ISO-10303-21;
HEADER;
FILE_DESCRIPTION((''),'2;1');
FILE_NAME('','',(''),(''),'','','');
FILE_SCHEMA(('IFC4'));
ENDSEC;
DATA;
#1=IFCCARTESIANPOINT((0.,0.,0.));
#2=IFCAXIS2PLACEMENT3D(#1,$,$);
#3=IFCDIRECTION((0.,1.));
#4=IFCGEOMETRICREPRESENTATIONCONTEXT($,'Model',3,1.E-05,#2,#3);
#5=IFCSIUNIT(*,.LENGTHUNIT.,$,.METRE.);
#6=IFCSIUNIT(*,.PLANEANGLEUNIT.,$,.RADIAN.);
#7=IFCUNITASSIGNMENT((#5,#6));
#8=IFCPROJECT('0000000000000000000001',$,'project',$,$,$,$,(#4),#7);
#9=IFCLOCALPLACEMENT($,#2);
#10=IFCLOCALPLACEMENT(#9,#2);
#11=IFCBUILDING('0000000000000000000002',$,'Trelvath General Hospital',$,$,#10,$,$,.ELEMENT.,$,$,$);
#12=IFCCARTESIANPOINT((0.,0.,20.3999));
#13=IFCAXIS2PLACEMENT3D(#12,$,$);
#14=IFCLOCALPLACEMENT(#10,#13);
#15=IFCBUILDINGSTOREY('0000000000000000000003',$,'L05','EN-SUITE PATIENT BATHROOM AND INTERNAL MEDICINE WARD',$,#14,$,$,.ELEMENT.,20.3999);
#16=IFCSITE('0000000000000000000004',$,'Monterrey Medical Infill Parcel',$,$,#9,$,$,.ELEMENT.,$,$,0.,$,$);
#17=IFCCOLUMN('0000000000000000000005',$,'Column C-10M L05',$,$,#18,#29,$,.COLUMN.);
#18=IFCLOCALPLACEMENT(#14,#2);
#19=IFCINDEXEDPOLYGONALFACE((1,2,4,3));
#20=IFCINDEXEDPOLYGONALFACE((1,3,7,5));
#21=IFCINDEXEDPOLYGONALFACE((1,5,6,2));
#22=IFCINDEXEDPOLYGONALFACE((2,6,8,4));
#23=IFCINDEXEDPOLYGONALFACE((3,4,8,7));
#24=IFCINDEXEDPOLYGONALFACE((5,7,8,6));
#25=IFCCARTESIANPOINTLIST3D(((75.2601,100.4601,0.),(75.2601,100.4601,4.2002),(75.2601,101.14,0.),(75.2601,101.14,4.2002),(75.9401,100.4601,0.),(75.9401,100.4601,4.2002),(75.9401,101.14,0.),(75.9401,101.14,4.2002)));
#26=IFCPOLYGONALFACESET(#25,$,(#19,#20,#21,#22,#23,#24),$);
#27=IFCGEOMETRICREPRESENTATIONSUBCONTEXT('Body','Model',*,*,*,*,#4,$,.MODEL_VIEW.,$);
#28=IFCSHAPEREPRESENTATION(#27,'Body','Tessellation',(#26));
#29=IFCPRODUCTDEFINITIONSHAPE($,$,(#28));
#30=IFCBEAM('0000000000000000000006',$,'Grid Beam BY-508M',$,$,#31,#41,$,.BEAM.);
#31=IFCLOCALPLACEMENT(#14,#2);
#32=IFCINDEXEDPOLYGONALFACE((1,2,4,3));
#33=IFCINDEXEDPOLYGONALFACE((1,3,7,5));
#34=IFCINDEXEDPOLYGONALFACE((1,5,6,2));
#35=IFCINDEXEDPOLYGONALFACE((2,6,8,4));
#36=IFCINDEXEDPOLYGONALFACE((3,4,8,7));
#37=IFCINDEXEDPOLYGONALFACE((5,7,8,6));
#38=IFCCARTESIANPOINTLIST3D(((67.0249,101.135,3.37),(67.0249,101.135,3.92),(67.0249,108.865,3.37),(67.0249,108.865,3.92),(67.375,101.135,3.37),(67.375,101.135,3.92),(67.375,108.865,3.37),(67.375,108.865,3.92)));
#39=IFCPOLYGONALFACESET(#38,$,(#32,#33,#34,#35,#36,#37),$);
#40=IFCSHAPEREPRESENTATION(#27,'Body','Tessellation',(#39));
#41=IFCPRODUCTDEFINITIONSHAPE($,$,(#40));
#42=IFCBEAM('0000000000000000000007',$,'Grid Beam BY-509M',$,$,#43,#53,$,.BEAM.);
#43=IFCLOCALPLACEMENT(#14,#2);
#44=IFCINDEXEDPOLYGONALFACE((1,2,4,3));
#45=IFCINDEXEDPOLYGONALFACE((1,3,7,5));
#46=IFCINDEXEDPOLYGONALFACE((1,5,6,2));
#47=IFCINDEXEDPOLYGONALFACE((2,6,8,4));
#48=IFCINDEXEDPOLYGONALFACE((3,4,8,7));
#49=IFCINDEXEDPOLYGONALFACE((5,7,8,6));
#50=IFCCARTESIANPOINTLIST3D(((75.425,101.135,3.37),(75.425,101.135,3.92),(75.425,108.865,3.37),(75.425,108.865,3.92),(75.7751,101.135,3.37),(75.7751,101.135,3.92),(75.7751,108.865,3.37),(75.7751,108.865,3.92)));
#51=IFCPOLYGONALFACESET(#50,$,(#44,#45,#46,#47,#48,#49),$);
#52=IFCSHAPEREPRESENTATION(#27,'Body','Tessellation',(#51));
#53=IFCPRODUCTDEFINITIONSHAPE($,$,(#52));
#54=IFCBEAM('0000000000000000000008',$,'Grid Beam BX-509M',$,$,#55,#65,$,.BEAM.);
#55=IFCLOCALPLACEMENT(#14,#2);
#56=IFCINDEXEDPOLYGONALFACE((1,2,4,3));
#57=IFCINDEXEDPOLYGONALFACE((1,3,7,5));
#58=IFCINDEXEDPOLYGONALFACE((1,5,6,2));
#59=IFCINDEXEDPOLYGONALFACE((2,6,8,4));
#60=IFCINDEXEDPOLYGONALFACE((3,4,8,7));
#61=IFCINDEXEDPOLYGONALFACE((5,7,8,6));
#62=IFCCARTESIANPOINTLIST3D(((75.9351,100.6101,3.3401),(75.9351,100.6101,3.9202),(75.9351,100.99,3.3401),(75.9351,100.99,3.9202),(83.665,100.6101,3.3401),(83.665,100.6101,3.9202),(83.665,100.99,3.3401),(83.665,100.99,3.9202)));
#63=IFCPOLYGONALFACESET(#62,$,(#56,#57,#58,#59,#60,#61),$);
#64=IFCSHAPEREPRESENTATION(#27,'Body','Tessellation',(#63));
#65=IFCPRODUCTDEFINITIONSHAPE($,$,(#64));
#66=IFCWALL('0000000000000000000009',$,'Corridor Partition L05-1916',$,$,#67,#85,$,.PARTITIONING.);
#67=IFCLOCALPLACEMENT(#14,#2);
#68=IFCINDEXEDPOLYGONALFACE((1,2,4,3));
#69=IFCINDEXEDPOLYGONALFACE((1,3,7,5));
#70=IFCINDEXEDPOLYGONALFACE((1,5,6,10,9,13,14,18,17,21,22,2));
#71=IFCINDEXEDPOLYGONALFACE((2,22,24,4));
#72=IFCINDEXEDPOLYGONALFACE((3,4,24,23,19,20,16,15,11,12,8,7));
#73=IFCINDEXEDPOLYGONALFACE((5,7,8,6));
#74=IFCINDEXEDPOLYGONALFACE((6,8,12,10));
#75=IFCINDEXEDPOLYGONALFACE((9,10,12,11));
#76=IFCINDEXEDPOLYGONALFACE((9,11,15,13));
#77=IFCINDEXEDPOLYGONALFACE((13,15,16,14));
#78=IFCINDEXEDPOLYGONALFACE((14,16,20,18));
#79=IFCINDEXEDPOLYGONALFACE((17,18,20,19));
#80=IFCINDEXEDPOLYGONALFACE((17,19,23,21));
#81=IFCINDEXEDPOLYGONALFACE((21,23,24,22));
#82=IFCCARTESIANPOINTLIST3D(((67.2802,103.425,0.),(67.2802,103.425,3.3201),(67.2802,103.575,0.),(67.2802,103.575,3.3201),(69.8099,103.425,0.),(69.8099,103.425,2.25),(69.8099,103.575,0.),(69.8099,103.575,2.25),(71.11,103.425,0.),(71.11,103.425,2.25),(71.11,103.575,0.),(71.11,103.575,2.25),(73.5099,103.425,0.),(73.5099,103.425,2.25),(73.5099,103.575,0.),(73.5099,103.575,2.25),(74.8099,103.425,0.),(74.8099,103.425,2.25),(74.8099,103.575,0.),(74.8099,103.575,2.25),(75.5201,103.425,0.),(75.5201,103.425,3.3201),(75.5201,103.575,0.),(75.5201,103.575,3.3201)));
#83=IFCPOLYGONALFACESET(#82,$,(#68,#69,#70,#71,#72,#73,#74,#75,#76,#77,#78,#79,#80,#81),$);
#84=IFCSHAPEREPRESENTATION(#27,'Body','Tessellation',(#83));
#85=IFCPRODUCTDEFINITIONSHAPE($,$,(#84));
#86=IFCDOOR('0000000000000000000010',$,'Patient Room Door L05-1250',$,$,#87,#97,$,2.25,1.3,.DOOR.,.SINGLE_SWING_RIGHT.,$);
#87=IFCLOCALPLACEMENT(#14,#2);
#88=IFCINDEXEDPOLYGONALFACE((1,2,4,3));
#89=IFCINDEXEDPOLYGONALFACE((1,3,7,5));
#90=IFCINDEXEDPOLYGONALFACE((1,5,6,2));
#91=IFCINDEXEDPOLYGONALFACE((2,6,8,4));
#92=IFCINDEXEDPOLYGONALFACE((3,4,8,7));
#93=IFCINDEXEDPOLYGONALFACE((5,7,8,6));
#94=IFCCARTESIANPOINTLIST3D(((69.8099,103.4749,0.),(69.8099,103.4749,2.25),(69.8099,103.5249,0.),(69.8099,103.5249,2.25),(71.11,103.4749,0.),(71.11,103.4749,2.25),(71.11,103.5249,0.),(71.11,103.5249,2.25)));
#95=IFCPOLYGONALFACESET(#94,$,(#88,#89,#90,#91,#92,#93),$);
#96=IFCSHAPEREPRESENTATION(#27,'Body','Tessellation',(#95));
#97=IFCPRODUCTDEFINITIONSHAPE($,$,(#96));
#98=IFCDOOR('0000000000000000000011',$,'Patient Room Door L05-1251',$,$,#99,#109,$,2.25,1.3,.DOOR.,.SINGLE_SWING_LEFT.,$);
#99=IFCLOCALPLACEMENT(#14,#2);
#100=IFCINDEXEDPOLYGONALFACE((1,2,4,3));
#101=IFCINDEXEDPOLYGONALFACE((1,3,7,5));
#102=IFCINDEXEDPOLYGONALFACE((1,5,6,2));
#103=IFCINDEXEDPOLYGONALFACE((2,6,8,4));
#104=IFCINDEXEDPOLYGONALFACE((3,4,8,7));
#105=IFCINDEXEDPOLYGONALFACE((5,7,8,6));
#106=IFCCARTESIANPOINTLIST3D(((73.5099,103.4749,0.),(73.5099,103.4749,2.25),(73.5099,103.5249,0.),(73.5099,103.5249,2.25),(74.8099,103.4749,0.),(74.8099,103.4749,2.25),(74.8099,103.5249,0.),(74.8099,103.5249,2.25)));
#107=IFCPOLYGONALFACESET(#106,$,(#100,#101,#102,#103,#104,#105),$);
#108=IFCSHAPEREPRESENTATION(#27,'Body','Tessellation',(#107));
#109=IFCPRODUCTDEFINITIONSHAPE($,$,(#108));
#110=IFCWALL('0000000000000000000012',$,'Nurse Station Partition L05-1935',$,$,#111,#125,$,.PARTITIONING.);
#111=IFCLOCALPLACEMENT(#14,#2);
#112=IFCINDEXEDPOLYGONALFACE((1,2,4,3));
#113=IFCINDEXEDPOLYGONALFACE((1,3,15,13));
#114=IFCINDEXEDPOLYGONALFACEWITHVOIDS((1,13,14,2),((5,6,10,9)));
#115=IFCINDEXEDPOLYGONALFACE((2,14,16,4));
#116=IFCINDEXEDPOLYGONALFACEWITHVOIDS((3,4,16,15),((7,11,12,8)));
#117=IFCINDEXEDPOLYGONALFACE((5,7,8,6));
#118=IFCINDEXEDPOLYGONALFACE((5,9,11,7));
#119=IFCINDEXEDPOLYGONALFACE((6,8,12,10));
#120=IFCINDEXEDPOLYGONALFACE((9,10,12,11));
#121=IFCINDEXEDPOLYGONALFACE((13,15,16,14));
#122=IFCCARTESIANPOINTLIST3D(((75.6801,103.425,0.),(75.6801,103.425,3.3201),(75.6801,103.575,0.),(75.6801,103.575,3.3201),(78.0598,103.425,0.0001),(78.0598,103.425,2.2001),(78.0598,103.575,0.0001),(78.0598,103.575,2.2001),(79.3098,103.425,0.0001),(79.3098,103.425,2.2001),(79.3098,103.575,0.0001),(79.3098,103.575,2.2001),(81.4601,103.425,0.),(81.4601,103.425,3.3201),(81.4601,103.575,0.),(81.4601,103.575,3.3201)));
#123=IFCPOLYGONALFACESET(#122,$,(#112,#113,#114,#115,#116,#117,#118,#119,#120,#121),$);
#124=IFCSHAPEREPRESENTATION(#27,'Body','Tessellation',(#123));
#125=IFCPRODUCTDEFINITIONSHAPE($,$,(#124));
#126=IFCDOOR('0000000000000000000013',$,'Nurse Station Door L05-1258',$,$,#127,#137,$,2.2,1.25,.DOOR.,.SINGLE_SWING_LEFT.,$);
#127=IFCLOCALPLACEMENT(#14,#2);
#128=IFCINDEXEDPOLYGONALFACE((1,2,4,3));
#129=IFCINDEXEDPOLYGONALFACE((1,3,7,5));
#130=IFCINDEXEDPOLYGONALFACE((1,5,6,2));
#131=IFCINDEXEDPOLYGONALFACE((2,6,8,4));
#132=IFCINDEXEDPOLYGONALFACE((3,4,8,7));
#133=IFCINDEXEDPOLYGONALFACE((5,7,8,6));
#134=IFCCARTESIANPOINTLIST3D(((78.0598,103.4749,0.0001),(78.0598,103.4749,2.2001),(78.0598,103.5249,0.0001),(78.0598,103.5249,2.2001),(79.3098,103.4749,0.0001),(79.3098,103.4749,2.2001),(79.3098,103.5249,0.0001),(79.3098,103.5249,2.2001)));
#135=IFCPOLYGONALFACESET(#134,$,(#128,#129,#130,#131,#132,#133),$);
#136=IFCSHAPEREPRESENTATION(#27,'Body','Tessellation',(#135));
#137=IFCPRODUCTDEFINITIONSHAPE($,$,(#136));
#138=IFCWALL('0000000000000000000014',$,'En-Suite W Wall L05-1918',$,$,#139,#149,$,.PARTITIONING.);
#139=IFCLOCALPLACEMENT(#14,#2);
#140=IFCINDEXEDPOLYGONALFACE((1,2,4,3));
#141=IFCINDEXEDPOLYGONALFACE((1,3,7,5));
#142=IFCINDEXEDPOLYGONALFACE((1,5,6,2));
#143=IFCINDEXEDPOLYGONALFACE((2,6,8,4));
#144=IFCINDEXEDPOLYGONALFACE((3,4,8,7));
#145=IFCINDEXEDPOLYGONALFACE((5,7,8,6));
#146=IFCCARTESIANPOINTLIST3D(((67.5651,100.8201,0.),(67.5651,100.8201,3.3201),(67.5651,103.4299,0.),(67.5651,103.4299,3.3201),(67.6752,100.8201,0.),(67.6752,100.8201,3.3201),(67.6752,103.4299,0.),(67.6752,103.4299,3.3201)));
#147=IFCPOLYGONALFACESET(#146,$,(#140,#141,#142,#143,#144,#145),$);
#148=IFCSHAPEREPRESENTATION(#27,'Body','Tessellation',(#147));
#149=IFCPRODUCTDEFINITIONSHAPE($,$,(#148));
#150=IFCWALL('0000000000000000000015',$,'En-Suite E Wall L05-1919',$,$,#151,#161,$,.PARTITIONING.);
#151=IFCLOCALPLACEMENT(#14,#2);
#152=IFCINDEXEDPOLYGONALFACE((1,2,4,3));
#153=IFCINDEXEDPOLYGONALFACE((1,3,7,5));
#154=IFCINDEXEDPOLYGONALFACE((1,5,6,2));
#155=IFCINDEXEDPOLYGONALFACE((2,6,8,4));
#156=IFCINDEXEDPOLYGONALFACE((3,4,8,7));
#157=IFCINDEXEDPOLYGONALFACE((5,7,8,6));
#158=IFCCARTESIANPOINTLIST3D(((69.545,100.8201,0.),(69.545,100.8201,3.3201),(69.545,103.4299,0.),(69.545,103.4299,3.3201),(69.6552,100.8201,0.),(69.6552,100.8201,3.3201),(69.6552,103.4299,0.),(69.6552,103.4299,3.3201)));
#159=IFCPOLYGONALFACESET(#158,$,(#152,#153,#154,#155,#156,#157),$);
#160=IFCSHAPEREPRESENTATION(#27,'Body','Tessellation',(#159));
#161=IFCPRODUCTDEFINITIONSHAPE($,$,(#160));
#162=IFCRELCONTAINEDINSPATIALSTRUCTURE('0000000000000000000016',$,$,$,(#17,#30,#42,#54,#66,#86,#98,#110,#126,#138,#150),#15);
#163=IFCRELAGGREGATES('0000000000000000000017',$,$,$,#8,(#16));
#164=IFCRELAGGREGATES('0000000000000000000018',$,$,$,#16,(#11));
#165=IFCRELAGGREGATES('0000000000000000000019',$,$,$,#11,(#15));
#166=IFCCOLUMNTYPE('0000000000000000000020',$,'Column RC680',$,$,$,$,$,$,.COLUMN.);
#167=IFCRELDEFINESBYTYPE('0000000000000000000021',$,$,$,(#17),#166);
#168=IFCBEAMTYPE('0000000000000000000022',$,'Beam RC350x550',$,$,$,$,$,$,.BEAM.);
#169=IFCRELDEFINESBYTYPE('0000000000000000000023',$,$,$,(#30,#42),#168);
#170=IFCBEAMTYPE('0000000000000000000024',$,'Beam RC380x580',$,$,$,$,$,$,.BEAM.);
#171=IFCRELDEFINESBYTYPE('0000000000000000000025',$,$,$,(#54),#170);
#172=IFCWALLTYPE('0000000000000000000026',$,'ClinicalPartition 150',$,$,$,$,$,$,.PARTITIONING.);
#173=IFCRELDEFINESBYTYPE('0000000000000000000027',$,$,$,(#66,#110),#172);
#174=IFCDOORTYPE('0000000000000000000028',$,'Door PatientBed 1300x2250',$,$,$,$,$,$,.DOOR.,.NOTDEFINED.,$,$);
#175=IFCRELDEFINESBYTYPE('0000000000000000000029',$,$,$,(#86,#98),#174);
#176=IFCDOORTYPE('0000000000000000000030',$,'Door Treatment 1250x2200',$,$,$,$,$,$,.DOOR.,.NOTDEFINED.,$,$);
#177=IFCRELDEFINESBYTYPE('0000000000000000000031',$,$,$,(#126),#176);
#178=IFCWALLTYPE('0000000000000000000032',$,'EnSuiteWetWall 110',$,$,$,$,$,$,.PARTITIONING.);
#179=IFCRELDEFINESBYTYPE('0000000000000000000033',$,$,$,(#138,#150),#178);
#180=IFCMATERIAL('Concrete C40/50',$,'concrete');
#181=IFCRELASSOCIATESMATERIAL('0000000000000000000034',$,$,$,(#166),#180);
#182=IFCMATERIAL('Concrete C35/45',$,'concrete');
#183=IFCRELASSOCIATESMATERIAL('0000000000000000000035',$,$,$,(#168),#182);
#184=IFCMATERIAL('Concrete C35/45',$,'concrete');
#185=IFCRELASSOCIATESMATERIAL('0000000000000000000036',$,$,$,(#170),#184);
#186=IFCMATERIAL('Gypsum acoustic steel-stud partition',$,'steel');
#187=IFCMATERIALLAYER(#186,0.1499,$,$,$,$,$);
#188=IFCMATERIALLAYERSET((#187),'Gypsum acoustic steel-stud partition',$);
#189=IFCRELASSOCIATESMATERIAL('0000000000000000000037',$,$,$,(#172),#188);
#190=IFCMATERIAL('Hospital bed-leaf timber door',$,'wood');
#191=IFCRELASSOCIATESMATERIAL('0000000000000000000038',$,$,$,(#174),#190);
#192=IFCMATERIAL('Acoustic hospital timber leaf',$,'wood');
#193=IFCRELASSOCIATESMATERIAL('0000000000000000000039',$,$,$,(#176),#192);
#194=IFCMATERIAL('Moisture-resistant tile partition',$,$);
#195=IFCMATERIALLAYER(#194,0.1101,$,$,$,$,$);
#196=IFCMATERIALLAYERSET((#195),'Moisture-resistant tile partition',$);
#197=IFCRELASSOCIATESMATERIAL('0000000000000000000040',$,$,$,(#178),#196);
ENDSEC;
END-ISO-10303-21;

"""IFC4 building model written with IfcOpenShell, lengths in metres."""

from ifc_helpers import new_model, si_unit, direction, frame, frame_2d, origin, origin_2d, place, context, subcontext, project, spatial, rectangle, extrude, material, layer, layer_set, material_profile, profile_set, type_object, element, fill, save


model = new_model("IFC4")

# Units and contexts
model_context = context("Model", 3, precision=1e-05, world=origin(), true_north=direction((0.0, 1.0)))
body_context = subcontext(model_context, "Body", "Model", "MODEL_VIEW")
ifc_project = project(units=[si_unit("LENGTHUNIT", "METRE"), si_unit("PLANEANGLEUNIT", "RADIAN")], contexts=[model_context])

# Site, building, storey
site_placement = place(None, origin())
site = spatial("IfcSite", under=ifc_project, at=site_placement, Name="Monterrey Medical Infill Parcel", CompositionType="ELEMENT", RefElevation=0.0)
building_placement = place(site_placement, origin())
building = spatial("IfcBuilding", under=site, at=building_placement, Name="Trelvath General Hospital", CompositionType="ELEMENT")
storey_placement = place(building_placement, frame((0.0, 0.0, 20.3999)))
storey = spatial("IfcBuildingStorey", under=building, at=storey_placement, Name="L05", Description="EN-SUITE PATIENT BATHROOM AND INTERNAL MEDICINE WARD", CompositionType="ELEMENT", Elevation=20.3999)

# Column
ifc_material_1 = material(Name="Concrete C40/50", Category="concrete")
ifc_material_profile_1 = material_profile(ifc_material_1, rectangle(XDim=0.6799, YDim=0.6799, at=origin_2d()), Name="RC680x680")
ifc_profile_set_1 = profile_set([ifc_material_profile_1], Name="Concrete C40/50")
column_type = type_object("IfcColumnType", Name="Column RC680", PredefinedType="COLUMN", material=ifc_profile_set_1)
column_placement = place(storey_placement, frame((75.6001, 100.8, 0.0), z_axis=(0.0, 0.0, 1.0), x_axis=(1.0, 0.0, 0.0)))
element("IfcColumn", 1, at=column_placement, inside=storey, type_object=column_type, Name="Column C-10M L05", PredefinedType="COLUMN", context=body_context, shape_type="SweptSolid", body=[
    extrude(rectangle(XDim=0.6799, YDim=0.6799, at=origin_2d()), origin(), (0.0, 0.0, 1.0), 4.2002),
])

# Beams
ifc_material_2 = material(Name="Concrete C35/45", Category="concrete")
ifc_material_profile_2 = material_profile(ifc_material_2, rectangle(XDim=0.3501, YDim=0.55, at=origin_2d()), Name="RCB350x550")
ifc_profile_set_2 = profile_set([ifc_material_profile_2], Name="Concrete C35/45")
beam_type_1 = type_object("IfcBeamType", Name="Beam RC350x550", PredefinedType="BEAM", material=ifc_profile_set_2)
for number, where, z_axis, x_axis, name in (
    (2, (67.2, 101.135, 3.645), (0.0, 1.0, 0.0), (-1.0, 0.0, 0.0), "Grid Beam BY-508M"),
    (3, (75.6001, 101.135, 3.645), (0.0, 1.0, 0.0), (-1.0, 0.0, 0.0), "Grid Beam BY-509M"),
):
    element("IfcBeam", number, at=place(storey_placement, frame(where, z_axis=z_axis, x_axis=x_axis)), inside=storey, type_object=beam_type_1, Name=name, PredefinedType="BEAM", context=body_context, shape_type="SweptSolid", body=[
        extrude(rectangle(XDim=0.3501, YDim=0.55, at=origin_2d()), origin(), (0.0, 0.0, 1.0), 7.73),
    ])
ifc_material_3 = material(Name="Concrete C35/45", Category="concrete")
ifc_material_profile_3 = material_profile(ifc_material_3, rectangle(XDim=0.3799, YDim=0.5801, at=origin_2d()), Name="RCB380x580")
ifc_profile_set_3 = profile_set([ifc_material_profile_3], Name="Concrete C35/45")
beam_type_2 = type_object("IfcBeamType", Name="Beam RC380x580", PredefinedType="BEAM", material=ifc_profile_set_3)
beam_placement = place(storey_placement, frame((75.9351, 100.8, 3.6301), z_axis=(1.0, 0.0, 0.0), x_axis=(0.0, 1.0, 0.0)))
element("IfcBeam", 4, at=beam_placement, inside=storey, type_object=beam_type_2, Name="Grid Beam BX-509M", PredefinedType="BEAM", context=body_context, shape_type="SweptSolid", body=[
    extrude(rectangle(XDim=0.3799, YDim=0.5801, at=origin_2d()), origin(), (0.0, 0.0, 1.0), 7.73),
])

# Wall, openings, doors
ifc_material_4 = material(Name="Gypsum acoustic steel-stud partition", Category="steel")
ifc_layer_1 = layer(ifc_material_4, 0.1499)
ifc_layer_set_1 = layer_set([ifc_layer_1], Name="Gypsum acoustic steel-stud partition")
wall_type_1 = type_object("IfcWallType", Name="ClinicalPartition 150", PredefinedType="PARTITIONING", material=ifc_layer_set_1)
wall_1_placement = place(storey_placement, frame((67.28, 103.5, 0.0), z_axis=(0.0, 0.0, 1.0), x_axis=(1.0, 0.0, 0.0)))
wall_1 = element("IfcWall", 5, at=wall_1_placement, inside=storey, type_object=wall_type_1, Name="Corridor Partition L05-1916", PredefinedType="PARTITIONING", context=body_context, shape_type="SweptSolid", body=[
    extrude(rectangle(XDim=8.24, YDim=0.1499, at=frame_2d((4.1201, 0.0))), origin(), (0.0, 0.0, 1.0), 3.3201),
])
opening_1_placement = place(wall_1_placement, frame((2.53, 0.0, 0.0)))
opening_1 = element("IfcOpeningElement", 6, at=opening_1_placement, cuts=wall_1, PredefinedType="OPENING", context=body_context, shape_type="SweptSolid", body=[
    extrude(rectangle(XDim=1.3, YDim=2.25, at=frame_2d((0.6499, 1.125))), frame((0.0, 0.085, 0.0), z_axis=(0.0, -1.0, 0.0), x_axis=(1.0, 0.0, 0.0)), (0.0, 0.0, 1.0), 0.1699),
])
opening_2_placement = place(wall_1_placement, frame((6.23, 0.0, 0.0)))
opening_2 = element("IfcOpeningElement", 7, at=opening_2_placement, cuts=wall_1, PredefinedType="OPENING", context=body_context, shape_type="SweptSolid", body=[
    extrude(rectangle(XDim=1.3, YDim=2.25, at=frame_2d((0.6499, 1.125))), frame((0.0, 0.085, 0.0), z_axis=(0.0, -1.0, 0.0), x_axis=(1.0, 0.0, 0.0)), (0.0, 0.0, 1.0), 0.1699),
])
ifc_material_5 = material(Name="Hospital bed-leaf timber door", Category="wood")
door_type_1 = type_object("IfcDoorType", Name="Door PatientBed 1300x2250", OperationType="NOTDEFINED", PredefinedType="DOOR", material=ifc_material_5)
door_1_placement = place(opening_1_placement, origin())
door_1 = element("IfcDoor", 8, at=door_1_placement, inside=storey, type_object=door_type_1, Name="Patient Room Door L05-1250", OperationType="SINGLE_SWING_RIGHT", OverallHeight=2.25, OverallWidth=1.3, PredefinedType="DOOR", context=body_context, shape_type="SweptSolid", body=[
    extrude(rectangle(XDim=1.3, YDim=2.25, at=frame_2d((0.6499, 1.125))), frame((0.0, 0.0249, 0.0), z_axis=(0.0, -1.0, 0.0), x_axis=(1.0, 0.0, 0.0)), (0.0, 0.0, 1.0), 0.05),
])
fill(opening_1, door_1)
door_2_placement = place(opening_2_placement, origin())
door_2 = element("IfcDoor", 9, at=door_2_placement, inside=storey, type_object=door_type_1, Name="Patient Room Door L05-1251", OperationType="SINGLE_SWING_LEFT", OverallHeight=2.25, OverallWidth=1.3, PredefinedType="DOOR", context=body_context, shape_type="SweptSolid", body=[
    extrude(rectangle(XDim=1.3, YDim=2.25, at=frame_2d((0.6499, 1.125))), frame((0.0, 0.0249, 0.0), z_axis=(0.0, -1.0, 0.0), x_axis=(1.0, 0.0, 0.0)), (0.0, 0.0, 1.0), 0.05),
])
fill(opening_2, door_2)

# Wall, opening, door
wall_2_placement = place(storey_placement, frame((75.6799, 103.5, 0.0), z_axis=(0.0, 0.0, 1.0), x_axis=(1.0, 0.0, 0.0)))
wall_2 = element("IfcWall", 10, at=wall_2_placement, inside=storey, type_object=wall_type_1, Name="Nurse Station Partition L05-1935", PredefinedType="PARTITIONING", context=body_context, shape_type="SweptSolid", body=[
    extrude(rectangle(XDim=5.78, YDim=0.1499, at=frame_2d((2.8901, 0.0))), origin(), (0.0, 0.0, 1.0), 3.3201),
])
opening_3_placement = place(wall_2_placement, frame((2.3799, 0.0, 0.0)))
opening_3 = element("IfcOpeningElement", 11, at=opening_3_placement, cuts=wall_2, PredefinedType="OPENING", context=body_context, shape_type="SweptSolid", body=[
    extrude(rectangle(XDim=1.25, YDim=2.2, at=frame_2d((0.625, 1.1001))), frame((0.0, 0.085, 0.0), z_axis=(0.0, -1.0, 0.0), x_axis=(1.0, 0.0, 0.0)), (0.0, 0.0, 1.0), 0.1699),
])
ifc_material_6 = material(Name="Acoustic hospital timber leaf", Category="wood")
door_type_2 = type_object("IfcDoorType", Name="Door Treatment 1250x2200", OperationType="NOTDEFINED", PredefinedType="DOOR", material=ifc_material_6)
door_3_placement = place(opening_3_placement, origin())
door_3 = element("IfcDoor", 12, at=door_3_placement, inside=storey, type_object=door_type_2, Name="Nurse Station Door L05-1258", OperationType="SINGLE_SWING_LEFT", OverallHeight=2.2, OverallWidth=1.25, PredefinedType="DOOR", context=body_context, shape_type="SweptSolid", body=[
    extrude(rectangle(XDim=1.25, YDim=2.2, at=frame_2d((0.625, 1.1001))), frame((0.0, 0.0249, 0.0), z_axis=(0.0, -1.0, 0.0), x_axis=(1.0, 0.0, 0.0)), (0.0, 0.0, 1.0), 0.05),
])
fill(opening_3, door_3)

# Walls
ifc_material_7 = material(Name="Moisture-resistant tile partition")
ifc_layer_2 = layer(ifc_material_7, 0.1101)
ifc_layer_set_2 = layer_set([ifc_layer_2], Name="Moisture-resistant tile partition")
wall_type_2 = type_object("IfcWallType", Name="EnSuiteWetWall 110", PredefinedType="PARTITIONING", material=ifc_layer_set_2)
for number, where, z_axis, x_axis, name in (
    (13, (67.6201, 100.8201, 0.0), (0.0, 0.0, 1.0), (0.0, 1.0, 0.0), "En-Suite W Wall L05-1918"),
    (14, (69.6001, 100.8201, 0.0), (0.0, 0.0, 1.0), (0.0, 1.0, 0.0), "En-Suite E Wall L05-1919"),
):
    element("IfcWall", number, at=place(storey_placement, frame(where, z_axis=z_axis, x_axis=x_axis)), inside=storey, type_object=wall_type_2, Name=name, PredefinedType="PARTITIONING", context=body_context, shape_type="SweptSolid", body=[
        extrude(rectangle(XDim=2.6099, YDim=0.1101, at=frame_2d((1.3049, 0.0))), origin(), (0.0, 0.0, 1.0), 3.3201),
    ])

save(model, "model.ifc")
